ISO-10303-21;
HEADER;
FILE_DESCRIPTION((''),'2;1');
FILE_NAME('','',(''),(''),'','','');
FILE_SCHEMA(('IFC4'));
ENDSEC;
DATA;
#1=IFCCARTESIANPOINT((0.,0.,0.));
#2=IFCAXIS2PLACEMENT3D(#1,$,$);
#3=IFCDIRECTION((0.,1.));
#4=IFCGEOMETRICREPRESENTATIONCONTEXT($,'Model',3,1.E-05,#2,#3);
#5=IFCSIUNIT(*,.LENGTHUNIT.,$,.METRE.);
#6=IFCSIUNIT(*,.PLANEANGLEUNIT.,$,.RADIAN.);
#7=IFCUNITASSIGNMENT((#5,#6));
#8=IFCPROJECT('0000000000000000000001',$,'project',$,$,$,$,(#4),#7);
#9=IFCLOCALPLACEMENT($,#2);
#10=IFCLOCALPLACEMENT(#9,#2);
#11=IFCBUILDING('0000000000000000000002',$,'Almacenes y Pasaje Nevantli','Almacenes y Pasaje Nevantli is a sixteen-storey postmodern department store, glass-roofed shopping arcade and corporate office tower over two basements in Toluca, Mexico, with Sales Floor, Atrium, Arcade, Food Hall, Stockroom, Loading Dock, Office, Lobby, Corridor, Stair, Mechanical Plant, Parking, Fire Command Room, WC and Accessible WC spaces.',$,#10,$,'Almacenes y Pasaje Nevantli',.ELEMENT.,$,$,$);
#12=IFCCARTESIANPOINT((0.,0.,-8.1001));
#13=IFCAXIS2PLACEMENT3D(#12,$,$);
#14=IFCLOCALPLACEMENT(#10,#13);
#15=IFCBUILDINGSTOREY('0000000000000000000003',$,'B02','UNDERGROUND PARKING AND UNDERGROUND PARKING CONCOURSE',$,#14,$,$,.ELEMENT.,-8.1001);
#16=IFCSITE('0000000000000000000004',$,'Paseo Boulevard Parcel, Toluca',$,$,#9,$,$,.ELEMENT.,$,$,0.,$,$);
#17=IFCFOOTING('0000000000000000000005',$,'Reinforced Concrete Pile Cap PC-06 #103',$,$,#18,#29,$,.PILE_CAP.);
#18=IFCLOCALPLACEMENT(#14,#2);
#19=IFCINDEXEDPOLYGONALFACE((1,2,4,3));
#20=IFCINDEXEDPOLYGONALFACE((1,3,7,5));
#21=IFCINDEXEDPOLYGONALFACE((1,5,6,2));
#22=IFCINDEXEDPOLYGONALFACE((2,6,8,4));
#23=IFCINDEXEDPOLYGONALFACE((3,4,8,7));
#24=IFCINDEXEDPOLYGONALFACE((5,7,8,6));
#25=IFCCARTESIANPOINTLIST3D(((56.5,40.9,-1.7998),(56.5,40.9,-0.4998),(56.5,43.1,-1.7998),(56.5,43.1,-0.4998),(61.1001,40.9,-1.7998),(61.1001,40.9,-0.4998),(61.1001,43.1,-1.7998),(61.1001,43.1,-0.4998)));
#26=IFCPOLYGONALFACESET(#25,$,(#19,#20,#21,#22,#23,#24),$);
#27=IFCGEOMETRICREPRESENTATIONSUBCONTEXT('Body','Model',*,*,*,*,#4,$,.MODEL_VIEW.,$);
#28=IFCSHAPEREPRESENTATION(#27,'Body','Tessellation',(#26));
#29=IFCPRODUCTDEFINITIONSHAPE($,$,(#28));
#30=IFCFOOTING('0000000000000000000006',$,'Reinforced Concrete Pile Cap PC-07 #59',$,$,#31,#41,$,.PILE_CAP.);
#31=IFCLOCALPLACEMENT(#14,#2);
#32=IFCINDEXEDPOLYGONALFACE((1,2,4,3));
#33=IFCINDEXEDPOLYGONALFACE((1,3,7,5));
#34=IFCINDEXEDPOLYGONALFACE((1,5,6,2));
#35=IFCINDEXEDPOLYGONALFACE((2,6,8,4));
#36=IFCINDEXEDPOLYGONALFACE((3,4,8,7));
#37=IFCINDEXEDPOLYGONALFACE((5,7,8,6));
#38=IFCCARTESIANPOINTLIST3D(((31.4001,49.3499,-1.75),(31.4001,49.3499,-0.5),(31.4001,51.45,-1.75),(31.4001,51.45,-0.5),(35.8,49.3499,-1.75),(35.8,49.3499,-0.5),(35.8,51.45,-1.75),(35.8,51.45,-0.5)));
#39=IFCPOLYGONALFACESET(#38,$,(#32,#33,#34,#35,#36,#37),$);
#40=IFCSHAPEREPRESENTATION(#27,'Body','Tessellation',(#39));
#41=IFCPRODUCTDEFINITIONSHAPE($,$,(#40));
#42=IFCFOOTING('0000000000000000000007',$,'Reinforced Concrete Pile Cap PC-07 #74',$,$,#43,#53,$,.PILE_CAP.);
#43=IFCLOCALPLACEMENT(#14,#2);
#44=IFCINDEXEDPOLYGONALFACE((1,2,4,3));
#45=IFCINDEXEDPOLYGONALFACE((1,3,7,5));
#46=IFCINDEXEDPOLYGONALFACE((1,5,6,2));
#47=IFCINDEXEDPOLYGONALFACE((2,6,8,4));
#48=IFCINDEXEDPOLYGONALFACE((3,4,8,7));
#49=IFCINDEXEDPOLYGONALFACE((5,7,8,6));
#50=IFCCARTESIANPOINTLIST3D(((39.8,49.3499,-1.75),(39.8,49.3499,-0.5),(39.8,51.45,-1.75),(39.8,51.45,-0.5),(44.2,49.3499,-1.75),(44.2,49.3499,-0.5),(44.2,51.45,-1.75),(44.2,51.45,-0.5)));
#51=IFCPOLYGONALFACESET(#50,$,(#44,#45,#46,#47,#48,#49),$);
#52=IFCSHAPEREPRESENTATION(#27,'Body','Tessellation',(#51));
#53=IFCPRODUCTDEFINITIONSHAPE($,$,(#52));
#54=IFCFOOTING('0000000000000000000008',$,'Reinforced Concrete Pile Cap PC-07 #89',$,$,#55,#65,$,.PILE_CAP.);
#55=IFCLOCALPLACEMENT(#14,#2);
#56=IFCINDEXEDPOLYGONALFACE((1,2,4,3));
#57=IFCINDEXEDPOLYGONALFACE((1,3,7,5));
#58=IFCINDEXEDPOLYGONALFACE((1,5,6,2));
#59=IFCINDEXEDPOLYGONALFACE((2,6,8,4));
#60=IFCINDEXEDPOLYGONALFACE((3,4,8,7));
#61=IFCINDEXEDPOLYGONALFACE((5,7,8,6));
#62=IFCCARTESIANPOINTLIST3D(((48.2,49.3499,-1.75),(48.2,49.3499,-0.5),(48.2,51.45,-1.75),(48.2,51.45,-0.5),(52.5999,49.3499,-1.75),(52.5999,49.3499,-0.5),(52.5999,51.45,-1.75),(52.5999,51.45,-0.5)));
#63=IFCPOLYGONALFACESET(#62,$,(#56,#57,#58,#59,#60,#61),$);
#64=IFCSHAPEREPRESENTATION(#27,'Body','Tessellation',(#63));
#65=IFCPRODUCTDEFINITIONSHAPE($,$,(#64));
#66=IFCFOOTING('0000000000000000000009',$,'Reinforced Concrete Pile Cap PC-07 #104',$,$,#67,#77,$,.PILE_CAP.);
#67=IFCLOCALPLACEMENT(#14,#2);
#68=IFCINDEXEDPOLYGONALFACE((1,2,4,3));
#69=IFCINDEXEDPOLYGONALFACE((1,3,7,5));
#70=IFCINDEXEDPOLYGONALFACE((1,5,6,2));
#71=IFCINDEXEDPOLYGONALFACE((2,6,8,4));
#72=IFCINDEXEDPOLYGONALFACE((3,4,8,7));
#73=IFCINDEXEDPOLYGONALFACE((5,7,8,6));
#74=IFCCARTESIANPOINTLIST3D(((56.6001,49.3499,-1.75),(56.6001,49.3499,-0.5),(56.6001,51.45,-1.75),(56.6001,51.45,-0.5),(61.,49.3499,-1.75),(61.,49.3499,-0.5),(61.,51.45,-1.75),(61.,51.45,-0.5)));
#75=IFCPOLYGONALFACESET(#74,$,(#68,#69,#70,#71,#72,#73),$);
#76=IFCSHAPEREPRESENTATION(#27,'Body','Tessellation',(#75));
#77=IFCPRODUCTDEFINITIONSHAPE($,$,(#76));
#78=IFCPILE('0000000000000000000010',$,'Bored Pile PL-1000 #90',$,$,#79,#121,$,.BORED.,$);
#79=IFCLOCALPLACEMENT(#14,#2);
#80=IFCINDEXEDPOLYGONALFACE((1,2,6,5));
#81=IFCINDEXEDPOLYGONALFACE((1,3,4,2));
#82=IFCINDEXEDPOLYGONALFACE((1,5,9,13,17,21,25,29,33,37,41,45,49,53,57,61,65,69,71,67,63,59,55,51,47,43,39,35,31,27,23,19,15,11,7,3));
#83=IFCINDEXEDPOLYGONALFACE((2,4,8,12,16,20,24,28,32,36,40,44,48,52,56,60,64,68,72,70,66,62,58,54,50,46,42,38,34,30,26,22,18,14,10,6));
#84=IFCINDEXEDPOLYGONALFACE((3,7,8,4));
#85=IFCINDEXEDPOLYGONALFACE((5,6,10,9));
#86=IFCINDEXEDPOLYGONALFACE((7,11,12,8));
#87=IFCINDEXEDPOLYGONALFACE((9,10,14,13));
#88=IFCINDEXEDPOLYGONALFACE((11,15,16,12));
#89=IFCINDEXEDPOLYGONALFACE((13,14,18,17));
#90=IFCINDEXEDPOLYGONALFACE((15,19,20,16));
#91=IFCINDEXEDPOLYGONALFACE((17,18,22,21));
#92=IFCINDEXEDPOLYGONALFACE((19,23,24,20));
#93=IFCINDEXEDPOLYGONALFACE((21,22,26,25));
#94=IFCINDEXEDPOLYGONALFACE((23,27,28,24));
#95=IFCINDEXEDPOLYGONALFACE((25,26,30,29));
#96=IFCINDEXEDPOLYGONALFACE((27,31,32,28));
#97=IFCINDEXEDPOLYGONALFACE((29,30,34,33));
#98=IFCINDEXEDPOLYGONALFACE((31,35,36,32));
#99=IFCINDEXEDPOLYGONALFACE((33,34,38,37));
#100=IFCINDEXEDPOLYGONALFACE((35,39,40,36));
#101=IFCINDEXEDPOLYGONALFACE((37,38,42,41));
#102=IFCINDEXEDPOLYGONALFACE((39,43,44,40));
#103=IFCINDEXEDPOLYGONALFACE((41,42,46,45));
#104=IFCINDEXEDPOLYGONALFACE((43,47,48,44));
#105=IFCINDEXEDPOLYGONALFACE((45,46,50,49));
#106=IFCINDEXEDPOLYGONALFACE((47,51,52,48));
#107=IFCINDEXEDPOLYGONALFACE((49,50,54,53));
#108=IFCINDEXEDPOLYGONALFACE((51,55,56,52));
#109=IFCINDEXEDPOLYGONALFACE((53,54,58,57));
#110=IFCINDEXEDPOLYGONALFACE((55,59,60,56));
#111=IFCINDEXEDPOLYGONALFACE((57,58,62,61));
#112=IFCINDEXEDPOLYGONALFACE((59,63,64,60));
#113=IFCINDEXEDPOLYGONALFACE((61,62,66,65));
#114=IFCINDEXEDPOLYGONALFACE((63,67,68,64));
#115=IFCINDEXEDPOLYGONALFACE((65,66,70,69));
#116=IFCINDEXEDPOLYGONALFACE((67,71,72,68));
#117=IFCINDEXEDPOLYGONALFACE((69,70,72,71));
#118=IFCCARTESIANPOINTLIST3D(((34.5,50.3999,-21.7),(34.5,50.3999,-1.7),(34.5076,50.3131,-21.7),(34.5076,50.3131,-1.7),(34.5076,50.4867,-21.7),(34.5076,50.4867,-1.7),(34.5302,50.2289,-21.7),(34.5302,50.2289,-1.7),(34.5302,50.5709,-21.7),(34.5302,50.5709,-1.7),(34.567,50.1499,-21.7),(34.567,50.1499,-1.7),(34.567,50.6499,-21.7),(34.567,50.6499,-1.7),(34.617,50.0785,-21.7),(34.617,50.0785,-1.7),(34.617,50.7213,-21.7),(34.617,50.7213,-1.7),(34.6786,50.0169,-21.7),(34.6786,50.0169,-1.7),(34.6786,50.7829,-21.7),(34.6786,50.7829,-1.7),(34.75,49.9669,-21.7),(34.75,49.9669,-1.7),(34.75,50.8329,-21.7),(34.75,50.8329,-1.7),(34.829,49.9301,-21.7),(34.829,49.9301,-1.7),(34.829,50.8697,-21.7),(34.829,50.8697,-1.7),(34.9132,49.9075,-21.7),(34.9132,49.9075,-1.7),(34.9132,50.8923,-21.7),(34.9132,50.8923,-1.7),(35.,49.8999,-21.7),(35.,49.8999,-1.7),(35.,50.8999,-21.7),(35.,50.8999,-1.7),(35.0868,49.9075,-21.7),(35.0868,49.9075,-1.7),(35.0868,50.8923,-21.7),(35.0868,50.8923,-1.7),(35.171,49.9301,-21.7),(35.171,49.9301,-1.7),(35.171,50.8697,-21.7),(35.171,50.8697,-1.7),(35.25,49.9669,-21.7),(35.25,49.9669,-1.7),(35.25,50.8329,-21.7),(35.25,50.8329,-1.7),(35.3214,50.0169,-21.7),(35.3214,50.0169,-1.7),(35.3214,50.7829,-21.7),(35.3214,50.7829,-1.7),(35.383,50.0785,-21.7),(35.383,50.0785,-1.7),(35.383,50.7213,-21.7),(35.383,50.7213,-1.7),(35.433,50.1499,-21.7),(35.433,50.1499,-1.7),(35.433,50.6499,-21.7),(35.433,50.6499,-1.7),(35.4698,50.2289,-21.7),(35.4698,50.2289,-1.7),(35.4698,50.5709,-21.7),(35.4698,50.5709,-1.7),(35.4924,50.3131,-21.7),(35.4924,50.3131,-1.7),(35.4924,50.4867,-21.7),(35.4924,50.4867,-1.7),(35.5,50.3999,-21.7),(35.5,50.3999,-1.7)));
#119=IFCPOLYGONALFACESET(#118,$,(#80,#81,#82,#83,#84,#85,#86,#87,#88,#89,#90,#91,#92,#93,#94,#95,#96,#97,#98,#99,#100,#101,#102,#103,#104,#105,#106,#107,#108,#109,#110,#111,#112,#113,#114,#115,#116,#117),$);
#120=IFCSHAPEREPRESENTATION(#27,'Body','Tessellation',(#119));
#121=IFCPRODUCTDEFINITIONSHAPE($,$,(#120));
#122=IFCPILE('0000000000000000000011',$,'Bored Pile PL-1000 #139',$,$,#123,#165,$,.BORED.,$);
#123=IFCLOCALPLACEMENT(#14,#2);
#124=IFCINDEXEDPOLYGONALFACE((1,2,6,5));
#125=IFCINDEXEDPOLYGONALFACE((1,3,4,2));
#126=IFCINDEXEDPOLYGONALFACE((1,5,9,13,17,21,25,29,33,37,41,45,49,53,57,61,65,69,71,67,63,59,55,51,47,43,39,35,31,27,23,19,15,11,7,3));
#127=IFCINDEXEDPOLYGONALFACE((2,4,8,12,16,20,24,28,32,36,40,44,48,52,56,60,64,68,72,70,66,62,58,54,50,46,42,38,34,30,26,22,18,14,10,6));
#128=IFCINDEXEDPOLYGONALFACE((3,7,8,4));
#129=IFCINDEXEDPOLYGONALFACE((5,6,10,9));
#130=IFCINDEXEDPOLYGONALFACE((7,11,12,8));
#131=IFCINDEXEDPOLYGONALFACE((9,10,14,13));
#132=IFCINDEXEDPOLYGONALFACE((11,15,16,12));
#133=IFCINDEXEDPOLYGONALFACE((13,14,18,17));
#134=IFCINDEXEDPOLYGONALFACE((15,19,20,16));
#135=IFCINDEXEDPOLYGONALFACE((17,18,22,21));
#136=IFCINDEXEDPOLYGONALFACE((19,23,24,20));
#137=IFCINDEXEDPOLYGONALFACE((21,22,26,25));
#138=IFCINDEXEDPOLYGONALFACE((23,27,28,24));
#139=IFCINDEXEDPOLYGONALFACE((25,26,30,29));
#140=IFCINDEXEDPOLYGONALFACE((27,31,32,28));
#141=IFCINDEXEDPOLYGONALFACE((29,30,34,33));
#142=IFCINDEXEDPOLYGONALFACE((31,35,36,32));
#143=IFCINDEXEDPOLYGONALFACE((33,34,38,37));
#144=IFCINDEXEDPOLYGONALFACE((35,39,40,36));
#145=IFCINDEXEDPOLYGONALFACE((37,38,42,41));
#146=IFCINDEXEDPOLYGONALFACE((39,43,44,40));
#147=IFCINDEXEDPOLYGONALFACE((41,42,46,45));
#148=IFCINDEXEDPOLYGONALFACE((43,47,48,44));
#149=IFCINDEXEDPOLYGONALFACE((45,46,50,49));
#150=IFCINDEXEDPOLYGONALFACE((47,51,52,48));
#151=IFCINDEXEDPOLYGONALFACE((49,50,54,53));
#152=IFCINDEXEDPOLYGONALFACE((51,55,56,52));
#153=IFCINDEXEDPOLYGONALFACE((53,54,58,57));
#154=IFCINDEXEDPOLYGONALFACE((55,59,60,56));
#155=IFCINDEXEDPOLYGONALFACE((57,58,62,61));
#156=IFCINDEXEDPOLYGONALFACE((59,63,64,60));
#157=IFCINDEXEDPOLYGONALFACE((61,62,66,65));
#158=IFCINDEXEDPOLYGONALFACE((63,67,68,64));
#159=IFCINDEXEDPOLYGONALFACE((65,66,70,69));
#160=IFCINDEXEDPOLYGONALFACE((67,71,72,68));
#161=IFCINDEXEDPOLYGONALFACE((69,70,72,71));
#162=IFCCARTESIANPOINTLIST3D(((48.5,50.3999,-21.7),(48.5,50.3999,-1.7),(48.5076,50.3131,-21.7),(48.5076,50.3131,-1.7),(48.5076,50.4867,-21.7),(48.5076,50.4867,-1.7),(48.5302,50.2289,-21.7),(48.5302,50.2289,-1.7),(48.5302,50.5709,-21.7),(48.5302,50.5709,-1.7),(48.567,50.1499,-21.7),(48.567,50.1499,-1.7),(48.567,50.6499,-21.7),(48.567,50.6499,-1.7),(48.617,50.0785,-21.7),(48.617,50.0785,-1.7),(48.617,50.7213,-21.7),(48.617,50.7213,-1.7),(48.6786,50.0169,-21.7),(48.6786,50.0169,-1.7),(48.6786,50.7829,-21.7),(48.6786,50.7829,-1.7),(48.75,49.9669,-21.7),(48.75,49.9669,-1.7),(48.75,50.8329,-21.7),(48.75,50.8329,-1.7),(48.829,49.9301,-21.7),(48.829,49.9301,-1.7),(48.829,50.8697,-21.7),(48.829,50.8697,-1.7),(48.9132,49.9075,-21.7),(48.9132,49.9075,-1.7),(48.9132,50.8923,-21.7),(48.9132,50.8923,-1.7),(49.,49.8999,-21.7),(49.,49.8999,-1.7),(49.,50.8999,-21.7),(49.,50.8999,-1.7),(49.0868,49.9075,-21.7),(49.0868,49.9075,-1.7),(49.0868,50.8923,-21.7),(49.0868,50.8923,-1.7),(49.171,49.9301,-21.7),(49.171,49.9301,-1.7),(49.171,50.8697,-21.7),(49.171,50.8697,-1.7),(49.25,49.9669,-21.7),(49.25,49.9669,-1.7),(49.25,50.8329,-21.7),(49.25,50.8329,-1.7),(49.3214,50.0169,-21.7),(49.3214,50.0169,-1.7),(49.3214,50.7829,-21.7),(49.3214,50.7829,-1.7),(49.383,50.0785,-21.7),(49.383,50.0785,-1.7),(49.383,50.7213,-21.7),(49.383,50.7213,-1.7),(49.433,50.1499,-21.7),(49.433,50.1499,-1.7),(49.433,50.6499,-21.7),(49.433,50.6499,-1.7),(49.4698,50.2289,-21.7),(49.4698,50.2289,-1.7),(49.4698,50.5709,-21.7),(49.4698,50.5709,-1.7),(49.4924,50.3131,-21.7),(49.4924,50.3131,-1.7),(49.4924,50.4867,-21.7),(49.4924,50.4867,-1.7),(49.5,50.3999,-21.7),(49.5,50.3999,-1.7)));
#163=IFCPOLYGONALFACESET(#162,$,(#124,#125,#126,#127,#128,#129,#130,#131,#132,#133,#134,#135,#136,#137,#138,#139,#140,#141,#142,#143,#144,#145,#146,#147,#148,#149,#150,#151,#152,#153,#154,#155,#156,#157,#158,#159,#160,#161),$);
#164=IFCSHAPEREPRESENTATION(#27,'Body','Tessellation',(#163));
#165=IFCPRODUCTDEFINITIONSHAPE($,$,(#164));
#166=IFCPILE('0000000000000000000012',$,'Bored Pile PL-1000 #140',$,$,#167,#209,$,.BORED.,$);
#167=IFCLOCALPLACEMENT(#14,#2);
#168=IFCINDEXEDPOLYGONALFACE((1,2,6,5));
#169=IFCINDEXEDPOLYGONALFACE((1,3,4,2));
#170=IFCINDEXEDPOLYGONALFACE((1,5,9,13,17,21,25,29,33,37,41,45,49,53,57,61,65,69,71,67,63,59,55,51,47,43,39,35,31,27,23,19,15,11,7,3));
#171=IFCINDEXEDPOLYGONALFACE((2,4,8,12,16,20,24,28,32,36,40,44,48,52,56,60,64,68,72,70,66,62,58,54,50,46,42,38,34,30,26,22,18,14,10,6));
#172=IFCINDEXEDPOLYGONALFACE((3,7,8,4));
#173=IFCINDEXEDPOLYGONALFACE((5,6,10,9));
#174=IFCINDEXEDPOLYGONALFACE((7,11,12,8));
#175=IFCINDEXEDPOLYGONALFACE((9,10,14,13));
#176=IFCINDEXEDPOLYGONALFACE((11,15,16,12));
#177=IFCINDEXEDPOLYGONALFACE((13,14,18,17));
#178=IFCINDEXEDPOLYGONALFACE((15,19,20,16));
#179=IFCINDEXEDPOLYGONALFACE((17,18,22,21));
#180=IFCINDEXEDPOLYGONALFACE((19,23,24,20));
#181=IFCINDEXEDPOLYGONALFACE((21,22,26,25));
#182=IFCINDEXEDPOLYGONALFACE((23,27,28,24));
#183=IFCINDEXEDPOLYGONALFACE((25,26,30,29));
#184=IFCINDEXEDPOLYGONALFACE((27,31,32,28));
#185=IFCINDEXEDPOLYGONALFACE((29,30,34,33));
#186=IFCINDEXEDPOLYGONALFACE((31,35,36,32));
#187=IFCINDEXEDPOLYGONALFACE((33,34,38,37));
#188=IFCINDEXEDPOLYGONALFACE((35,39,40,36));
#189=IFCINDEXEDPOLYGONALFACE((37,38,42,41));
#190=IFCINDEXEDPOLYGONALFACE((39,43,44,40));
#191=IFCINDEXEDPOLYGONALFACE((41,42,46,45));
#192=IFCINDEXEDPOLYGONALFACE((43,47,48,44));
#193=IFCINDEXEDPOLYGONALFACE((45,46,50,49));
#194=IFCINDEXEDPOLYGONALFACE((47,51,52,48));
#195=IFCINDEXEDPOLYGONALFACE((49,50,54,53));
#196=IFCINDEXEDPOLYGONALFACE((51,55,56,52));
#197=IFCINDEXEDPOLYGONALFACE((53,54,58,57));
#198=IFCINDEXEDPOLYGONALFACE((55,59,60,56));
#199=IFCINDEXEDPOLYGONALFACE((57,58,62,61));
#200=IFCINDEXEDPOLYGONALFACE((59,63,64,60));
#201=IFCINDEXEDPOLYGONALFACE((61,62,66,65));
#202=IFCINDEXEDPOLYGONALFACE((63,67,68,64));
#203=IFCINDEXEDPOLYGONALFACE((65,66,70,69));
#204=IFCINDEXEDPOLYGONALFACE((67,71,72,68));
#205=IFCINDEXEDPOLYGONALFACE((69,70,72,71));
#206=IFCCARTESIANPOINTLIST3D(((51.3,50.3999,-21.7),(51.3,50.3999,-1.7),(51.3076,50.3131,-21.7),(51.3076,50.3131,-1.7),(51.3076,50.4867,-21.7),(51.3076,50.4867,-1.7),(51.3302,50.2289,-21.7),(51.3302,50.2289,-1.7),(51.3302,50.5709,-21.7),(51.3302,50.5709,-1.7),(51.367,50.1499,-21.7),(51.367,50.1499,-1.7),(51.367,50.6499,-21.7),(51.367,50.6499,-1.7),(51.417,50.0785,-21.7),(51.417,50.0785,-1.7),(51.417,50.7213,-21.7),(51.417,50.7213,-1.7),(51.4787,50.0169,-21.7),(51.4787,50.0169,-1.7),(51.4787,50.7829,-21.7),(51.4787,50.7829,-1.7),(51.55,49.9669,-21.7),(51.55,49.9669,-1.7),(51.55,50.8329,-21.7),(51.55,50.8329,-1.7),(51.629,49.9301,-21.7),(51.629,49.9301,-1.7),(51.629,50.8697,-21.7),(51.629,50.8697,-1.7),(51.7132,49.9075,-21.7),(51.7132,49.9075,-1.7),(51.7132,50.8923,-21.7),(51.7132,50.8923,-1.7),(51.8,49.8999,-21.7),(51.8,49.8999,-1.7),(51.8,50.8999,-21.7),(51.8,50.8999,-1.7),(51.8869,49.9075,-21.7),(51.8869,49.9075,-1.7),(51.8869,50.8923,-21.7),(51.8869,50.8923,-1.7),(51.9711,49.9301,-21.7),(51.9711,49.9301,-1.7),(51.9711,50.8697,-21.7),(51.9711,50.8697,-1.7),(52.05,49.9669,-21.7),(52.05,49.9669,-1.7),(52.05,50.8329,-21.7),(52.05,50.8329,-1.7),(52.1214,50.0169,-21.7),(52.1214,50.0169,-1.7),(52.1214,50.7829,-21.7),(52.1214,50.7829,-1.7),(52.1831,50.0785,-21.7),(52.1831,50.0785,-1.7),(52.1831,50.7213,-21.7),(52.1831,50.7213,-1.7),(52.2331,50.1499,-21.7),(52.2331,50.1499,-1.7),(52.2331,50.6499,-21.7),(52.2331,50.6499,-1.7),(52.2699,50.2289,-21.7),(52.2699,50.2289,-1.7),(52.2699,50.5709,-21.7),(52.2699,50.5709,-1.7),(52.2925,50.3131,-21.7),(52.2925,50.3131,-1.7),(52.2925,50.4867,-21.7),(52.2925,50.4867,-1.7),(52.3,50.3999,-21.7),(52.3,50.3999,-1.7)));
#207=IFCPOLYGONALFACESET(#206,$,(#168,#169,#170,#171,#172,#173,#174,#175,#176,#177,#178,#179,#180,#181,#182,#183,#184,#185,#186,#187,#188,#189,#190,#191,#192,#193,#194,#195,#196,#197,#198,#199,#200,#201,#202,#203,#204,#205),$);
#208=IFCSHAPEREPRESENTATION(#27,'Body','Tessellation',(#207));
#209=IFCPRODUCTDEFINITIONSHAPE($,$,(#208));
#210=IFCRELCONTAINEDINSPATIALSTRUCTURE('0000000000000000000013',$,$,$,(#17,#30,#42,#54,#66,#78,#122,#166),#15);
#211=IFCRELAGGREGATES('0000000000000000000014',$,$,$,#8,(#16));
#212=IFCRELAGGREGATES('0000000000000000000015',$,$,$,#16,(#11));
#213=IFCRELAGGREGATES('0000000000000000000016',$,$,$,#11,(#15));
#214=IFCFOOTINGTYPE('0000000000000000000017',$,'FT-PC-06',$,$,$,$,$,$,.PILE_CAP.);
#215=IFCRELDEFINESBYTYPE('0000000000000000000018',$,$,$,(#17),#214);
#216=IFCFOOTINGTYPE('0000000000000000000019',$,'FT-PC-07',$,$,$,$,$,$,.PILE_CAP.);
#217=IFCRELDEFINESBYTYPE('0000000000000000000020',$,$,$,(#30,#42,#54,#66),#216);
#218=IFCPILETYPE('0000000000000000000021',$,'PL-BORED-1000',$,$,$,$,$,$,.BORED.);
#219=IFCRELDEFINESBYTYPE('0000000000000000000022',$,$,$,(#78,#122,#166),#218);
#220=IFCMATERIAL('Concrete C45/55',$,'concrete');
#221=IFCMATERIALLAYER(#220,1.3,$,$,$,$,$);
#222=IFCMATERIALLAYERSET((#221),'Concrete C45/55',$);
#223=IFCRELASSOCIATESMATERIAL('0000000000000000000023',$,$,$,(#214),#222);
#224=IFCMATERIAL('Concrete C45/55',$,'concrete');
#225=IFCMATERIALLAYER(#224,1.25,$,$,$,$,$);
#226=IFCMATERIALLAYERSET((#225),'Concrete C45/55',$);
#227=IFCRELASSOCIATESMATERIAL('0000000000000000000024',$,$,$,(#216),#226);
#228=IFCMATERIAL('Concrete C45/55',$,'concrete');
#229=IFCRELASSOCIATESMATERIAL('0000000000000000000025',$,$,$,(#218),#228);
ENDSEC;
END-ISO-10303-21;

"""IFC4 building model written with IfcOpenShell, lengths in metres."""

from ifc_helpers import new_model, si_unit, direction, frame, origin, origin_2d, place, context, subcontext, project, spatial, rectangle, circle, extrude, material, layer, layer_set, material_profile, profile_set, type_object, element, save


model = new_model("IFC4")

# Units and contexts
model_context = context("Model", 3, precision=1e-05, world=origin(), true_north=direction((0.0, 1.0)))
body_context = subcontext(model_context, "Body", "Model", "MODEL_VIEW")
ifc_project = project(units=[si_unit("LENGTHUNIT", "METRE"), si_unit("PLANEANGLEUNIT", "RADIAN")], contexts=[model_context])

# Site, building, storey
site_placement = place(None, origin())
site = spatial("IfcSite", under=ifc_project, at=site_placement, Name="Paseo Boulevard Parcel, Toluca", CompositionType="ELEMENT", RefElevation=0.0)
building_placement = place(site_placement, origin())
building = spatial("IfcBuilding", under=site, at=building_placement, Name="Almacenes y Pasaje Nevantli", Description="Almacenes y Pasaje Nevantli is a sixteen-storey postmodern department store, glass-roofed shopping arcade and corporate office tower over two basements in Toluca, Mexico, with Sales Floor, Atrium, Arcade, Food Hall, Stockroom, Loading Dock, Office, Lobby, Corridor, Stair, Mechanical Plant, Parking, Fire Command Room, WC and Accessible WC spaces.", LongName="Almacenes y Pasaje Nevantli", CompositionType="ELEMENT")
storey_placement = place(building_placement, frame((0.0, 0.0, -8.1001)))
storey = spatial("IfcBuildingStorey", under=building, at=storey_placement, Name="B02", Description="UNDERGROUND PARKING AND UNDERGROUND PARKING CONCOURSE", CompositionType="ELEMENT", Elevation=-8.1001)

# Footings
ifc_material_1 = material(Name="Concrete C45/55", Category="concrete")
ifc_layer_1 = layer(ifc_material_1, 1.3)
ifc_layer_set_1 = layer_set([ifc_layer_1], Name="Concrete C45/55")
footing_type_1 = type_object("IfcFootingType", Name="FT-PC-06", PredefinedType="PILE_CAP", material=ifc_layer_set_1)
footing_placement = place(storey_placement, frame((58.8, 42.0, -1.7998), z_axis=(0.0, 0.0, 1.0), x_axis=(1.0, 0.0, 0.0)))
element("IfcFooting", 1, at=footing_placement, inside=storey, type_object=footing_type_1, Name="Reinforced Concrete Pile Cap PC-06 #103", PredefinedType="PILE_CAP", context=body_context, shape_type="SweptSolid", body=[
    extrude(rectangle(XDim=4.6001, YDim=2.2, at=origin_2d()), origin(), (0.0, 0.0, 1.0), 1.3),
])
ifc_material_2 = material(Name="Concrete C45/55", Category="concrete")
ifc_layer_2 = layer(ifc_material_2, 1.25)
ifc_layer_set_2 = layer_set([ifc_layer_2], Name="Concrete C45/55")
footing_type_2 = type_object("IfcFootingType", Name="FT-PC-07", PredefinedType="PILE_CAP", material=ifc_layer_set_2)
for number, where, z_axis, x_axis, name in (
    (2, (33.6001, 50.3999, -1.75), (0.0, 0.0, 1.0), (1.0, 0.0, 0.0), "Reinforced Concrete Pile Cap PC-07 #59"),
    (3, (42.0, 50.3999, -1.75), (0.0, 0.0, 1.0), (1.0, 0.0, 0.0), "Reinforced Concrete Pile Cap PC-07 #74"),
    (4, (50.3999, 50.3999, -1.75), (0.0, 0.0, 1.0), (1.0, 0.0, 0.0), "Reinforced Concrete Pile Cap PC-07 #89"),
    (5, (58.8, 50.3999, -1.75), (0.0, 0.0, 1.0), (1.0, 0.0, 0.0), "Reinforced Concrete Pile Cap PC-07 #104"),
):
    element("IfcFooting", number, at=place(storey_placement, frame(where, z_axis=z_axis, x_axis=x_axis)), inside=storey, type_object=footing_type_2, Name=name, PredefinedType="PILE_CAP", context=body_context, shape_type="SweptSolid", body=[
        extrude(rectangle(XDim=4.3999, YDim=2.1001, at=origin_2d()), origin(), (0.0, 0.0, 1.0), 1.25),
    ])

# Piles
ifc_material_3 = material(Name="Concrete C45/55", Category="concrete")
ifc_material_profile_1 = material_profile(ifc_material_3, circle(Radius=0.5, at=origin_2d()), Name="RC-PILE-D1000")
ifc_profile_set_1 = profile_set([ifc_material_profile_1], Name="Concrete C45/55")
pile_type_1 = type_object("IfcPileType", Name="PL-BORED-1000", PredefinedType="BORED", material=ifc_profile_set_1)
for number, where, z_axis, x_axis, name in (
    (6, (35.0, 50.3999, -1.7), (0.0, 0.0, -1.0), (1.0, 0.0, 0.0), "Bored Pile PL-1000 #90"),
    (7, (49.0, 50.3999, -1.7), (0.0, 0.0, -1.0), (1.0, 0.0, 0.0), "Bored Pile PL-1000 #139"),
    (8, (51.8, 50.3999, -1.7), (0.0, 0.0, -1.0), (1.0, 0.0, 0.0), "Bored Pile PL-1000 #140"),
):
    element("IfcPile", number, at=place(storey_placement, frame(where, z_axis=z_axis, x_axis=x_axis)), inside=storey, type_object=pile_type_1, Name=name, PredefinedType="BORED", context=body_context, shape_type="SweptSolid", body=[
        extrude(circle(Radius=0.5, at=origin_2d()), origin(), (0.0, 0.0, 1.0), 20.0),
    ])

save(model, "model.ifc")
